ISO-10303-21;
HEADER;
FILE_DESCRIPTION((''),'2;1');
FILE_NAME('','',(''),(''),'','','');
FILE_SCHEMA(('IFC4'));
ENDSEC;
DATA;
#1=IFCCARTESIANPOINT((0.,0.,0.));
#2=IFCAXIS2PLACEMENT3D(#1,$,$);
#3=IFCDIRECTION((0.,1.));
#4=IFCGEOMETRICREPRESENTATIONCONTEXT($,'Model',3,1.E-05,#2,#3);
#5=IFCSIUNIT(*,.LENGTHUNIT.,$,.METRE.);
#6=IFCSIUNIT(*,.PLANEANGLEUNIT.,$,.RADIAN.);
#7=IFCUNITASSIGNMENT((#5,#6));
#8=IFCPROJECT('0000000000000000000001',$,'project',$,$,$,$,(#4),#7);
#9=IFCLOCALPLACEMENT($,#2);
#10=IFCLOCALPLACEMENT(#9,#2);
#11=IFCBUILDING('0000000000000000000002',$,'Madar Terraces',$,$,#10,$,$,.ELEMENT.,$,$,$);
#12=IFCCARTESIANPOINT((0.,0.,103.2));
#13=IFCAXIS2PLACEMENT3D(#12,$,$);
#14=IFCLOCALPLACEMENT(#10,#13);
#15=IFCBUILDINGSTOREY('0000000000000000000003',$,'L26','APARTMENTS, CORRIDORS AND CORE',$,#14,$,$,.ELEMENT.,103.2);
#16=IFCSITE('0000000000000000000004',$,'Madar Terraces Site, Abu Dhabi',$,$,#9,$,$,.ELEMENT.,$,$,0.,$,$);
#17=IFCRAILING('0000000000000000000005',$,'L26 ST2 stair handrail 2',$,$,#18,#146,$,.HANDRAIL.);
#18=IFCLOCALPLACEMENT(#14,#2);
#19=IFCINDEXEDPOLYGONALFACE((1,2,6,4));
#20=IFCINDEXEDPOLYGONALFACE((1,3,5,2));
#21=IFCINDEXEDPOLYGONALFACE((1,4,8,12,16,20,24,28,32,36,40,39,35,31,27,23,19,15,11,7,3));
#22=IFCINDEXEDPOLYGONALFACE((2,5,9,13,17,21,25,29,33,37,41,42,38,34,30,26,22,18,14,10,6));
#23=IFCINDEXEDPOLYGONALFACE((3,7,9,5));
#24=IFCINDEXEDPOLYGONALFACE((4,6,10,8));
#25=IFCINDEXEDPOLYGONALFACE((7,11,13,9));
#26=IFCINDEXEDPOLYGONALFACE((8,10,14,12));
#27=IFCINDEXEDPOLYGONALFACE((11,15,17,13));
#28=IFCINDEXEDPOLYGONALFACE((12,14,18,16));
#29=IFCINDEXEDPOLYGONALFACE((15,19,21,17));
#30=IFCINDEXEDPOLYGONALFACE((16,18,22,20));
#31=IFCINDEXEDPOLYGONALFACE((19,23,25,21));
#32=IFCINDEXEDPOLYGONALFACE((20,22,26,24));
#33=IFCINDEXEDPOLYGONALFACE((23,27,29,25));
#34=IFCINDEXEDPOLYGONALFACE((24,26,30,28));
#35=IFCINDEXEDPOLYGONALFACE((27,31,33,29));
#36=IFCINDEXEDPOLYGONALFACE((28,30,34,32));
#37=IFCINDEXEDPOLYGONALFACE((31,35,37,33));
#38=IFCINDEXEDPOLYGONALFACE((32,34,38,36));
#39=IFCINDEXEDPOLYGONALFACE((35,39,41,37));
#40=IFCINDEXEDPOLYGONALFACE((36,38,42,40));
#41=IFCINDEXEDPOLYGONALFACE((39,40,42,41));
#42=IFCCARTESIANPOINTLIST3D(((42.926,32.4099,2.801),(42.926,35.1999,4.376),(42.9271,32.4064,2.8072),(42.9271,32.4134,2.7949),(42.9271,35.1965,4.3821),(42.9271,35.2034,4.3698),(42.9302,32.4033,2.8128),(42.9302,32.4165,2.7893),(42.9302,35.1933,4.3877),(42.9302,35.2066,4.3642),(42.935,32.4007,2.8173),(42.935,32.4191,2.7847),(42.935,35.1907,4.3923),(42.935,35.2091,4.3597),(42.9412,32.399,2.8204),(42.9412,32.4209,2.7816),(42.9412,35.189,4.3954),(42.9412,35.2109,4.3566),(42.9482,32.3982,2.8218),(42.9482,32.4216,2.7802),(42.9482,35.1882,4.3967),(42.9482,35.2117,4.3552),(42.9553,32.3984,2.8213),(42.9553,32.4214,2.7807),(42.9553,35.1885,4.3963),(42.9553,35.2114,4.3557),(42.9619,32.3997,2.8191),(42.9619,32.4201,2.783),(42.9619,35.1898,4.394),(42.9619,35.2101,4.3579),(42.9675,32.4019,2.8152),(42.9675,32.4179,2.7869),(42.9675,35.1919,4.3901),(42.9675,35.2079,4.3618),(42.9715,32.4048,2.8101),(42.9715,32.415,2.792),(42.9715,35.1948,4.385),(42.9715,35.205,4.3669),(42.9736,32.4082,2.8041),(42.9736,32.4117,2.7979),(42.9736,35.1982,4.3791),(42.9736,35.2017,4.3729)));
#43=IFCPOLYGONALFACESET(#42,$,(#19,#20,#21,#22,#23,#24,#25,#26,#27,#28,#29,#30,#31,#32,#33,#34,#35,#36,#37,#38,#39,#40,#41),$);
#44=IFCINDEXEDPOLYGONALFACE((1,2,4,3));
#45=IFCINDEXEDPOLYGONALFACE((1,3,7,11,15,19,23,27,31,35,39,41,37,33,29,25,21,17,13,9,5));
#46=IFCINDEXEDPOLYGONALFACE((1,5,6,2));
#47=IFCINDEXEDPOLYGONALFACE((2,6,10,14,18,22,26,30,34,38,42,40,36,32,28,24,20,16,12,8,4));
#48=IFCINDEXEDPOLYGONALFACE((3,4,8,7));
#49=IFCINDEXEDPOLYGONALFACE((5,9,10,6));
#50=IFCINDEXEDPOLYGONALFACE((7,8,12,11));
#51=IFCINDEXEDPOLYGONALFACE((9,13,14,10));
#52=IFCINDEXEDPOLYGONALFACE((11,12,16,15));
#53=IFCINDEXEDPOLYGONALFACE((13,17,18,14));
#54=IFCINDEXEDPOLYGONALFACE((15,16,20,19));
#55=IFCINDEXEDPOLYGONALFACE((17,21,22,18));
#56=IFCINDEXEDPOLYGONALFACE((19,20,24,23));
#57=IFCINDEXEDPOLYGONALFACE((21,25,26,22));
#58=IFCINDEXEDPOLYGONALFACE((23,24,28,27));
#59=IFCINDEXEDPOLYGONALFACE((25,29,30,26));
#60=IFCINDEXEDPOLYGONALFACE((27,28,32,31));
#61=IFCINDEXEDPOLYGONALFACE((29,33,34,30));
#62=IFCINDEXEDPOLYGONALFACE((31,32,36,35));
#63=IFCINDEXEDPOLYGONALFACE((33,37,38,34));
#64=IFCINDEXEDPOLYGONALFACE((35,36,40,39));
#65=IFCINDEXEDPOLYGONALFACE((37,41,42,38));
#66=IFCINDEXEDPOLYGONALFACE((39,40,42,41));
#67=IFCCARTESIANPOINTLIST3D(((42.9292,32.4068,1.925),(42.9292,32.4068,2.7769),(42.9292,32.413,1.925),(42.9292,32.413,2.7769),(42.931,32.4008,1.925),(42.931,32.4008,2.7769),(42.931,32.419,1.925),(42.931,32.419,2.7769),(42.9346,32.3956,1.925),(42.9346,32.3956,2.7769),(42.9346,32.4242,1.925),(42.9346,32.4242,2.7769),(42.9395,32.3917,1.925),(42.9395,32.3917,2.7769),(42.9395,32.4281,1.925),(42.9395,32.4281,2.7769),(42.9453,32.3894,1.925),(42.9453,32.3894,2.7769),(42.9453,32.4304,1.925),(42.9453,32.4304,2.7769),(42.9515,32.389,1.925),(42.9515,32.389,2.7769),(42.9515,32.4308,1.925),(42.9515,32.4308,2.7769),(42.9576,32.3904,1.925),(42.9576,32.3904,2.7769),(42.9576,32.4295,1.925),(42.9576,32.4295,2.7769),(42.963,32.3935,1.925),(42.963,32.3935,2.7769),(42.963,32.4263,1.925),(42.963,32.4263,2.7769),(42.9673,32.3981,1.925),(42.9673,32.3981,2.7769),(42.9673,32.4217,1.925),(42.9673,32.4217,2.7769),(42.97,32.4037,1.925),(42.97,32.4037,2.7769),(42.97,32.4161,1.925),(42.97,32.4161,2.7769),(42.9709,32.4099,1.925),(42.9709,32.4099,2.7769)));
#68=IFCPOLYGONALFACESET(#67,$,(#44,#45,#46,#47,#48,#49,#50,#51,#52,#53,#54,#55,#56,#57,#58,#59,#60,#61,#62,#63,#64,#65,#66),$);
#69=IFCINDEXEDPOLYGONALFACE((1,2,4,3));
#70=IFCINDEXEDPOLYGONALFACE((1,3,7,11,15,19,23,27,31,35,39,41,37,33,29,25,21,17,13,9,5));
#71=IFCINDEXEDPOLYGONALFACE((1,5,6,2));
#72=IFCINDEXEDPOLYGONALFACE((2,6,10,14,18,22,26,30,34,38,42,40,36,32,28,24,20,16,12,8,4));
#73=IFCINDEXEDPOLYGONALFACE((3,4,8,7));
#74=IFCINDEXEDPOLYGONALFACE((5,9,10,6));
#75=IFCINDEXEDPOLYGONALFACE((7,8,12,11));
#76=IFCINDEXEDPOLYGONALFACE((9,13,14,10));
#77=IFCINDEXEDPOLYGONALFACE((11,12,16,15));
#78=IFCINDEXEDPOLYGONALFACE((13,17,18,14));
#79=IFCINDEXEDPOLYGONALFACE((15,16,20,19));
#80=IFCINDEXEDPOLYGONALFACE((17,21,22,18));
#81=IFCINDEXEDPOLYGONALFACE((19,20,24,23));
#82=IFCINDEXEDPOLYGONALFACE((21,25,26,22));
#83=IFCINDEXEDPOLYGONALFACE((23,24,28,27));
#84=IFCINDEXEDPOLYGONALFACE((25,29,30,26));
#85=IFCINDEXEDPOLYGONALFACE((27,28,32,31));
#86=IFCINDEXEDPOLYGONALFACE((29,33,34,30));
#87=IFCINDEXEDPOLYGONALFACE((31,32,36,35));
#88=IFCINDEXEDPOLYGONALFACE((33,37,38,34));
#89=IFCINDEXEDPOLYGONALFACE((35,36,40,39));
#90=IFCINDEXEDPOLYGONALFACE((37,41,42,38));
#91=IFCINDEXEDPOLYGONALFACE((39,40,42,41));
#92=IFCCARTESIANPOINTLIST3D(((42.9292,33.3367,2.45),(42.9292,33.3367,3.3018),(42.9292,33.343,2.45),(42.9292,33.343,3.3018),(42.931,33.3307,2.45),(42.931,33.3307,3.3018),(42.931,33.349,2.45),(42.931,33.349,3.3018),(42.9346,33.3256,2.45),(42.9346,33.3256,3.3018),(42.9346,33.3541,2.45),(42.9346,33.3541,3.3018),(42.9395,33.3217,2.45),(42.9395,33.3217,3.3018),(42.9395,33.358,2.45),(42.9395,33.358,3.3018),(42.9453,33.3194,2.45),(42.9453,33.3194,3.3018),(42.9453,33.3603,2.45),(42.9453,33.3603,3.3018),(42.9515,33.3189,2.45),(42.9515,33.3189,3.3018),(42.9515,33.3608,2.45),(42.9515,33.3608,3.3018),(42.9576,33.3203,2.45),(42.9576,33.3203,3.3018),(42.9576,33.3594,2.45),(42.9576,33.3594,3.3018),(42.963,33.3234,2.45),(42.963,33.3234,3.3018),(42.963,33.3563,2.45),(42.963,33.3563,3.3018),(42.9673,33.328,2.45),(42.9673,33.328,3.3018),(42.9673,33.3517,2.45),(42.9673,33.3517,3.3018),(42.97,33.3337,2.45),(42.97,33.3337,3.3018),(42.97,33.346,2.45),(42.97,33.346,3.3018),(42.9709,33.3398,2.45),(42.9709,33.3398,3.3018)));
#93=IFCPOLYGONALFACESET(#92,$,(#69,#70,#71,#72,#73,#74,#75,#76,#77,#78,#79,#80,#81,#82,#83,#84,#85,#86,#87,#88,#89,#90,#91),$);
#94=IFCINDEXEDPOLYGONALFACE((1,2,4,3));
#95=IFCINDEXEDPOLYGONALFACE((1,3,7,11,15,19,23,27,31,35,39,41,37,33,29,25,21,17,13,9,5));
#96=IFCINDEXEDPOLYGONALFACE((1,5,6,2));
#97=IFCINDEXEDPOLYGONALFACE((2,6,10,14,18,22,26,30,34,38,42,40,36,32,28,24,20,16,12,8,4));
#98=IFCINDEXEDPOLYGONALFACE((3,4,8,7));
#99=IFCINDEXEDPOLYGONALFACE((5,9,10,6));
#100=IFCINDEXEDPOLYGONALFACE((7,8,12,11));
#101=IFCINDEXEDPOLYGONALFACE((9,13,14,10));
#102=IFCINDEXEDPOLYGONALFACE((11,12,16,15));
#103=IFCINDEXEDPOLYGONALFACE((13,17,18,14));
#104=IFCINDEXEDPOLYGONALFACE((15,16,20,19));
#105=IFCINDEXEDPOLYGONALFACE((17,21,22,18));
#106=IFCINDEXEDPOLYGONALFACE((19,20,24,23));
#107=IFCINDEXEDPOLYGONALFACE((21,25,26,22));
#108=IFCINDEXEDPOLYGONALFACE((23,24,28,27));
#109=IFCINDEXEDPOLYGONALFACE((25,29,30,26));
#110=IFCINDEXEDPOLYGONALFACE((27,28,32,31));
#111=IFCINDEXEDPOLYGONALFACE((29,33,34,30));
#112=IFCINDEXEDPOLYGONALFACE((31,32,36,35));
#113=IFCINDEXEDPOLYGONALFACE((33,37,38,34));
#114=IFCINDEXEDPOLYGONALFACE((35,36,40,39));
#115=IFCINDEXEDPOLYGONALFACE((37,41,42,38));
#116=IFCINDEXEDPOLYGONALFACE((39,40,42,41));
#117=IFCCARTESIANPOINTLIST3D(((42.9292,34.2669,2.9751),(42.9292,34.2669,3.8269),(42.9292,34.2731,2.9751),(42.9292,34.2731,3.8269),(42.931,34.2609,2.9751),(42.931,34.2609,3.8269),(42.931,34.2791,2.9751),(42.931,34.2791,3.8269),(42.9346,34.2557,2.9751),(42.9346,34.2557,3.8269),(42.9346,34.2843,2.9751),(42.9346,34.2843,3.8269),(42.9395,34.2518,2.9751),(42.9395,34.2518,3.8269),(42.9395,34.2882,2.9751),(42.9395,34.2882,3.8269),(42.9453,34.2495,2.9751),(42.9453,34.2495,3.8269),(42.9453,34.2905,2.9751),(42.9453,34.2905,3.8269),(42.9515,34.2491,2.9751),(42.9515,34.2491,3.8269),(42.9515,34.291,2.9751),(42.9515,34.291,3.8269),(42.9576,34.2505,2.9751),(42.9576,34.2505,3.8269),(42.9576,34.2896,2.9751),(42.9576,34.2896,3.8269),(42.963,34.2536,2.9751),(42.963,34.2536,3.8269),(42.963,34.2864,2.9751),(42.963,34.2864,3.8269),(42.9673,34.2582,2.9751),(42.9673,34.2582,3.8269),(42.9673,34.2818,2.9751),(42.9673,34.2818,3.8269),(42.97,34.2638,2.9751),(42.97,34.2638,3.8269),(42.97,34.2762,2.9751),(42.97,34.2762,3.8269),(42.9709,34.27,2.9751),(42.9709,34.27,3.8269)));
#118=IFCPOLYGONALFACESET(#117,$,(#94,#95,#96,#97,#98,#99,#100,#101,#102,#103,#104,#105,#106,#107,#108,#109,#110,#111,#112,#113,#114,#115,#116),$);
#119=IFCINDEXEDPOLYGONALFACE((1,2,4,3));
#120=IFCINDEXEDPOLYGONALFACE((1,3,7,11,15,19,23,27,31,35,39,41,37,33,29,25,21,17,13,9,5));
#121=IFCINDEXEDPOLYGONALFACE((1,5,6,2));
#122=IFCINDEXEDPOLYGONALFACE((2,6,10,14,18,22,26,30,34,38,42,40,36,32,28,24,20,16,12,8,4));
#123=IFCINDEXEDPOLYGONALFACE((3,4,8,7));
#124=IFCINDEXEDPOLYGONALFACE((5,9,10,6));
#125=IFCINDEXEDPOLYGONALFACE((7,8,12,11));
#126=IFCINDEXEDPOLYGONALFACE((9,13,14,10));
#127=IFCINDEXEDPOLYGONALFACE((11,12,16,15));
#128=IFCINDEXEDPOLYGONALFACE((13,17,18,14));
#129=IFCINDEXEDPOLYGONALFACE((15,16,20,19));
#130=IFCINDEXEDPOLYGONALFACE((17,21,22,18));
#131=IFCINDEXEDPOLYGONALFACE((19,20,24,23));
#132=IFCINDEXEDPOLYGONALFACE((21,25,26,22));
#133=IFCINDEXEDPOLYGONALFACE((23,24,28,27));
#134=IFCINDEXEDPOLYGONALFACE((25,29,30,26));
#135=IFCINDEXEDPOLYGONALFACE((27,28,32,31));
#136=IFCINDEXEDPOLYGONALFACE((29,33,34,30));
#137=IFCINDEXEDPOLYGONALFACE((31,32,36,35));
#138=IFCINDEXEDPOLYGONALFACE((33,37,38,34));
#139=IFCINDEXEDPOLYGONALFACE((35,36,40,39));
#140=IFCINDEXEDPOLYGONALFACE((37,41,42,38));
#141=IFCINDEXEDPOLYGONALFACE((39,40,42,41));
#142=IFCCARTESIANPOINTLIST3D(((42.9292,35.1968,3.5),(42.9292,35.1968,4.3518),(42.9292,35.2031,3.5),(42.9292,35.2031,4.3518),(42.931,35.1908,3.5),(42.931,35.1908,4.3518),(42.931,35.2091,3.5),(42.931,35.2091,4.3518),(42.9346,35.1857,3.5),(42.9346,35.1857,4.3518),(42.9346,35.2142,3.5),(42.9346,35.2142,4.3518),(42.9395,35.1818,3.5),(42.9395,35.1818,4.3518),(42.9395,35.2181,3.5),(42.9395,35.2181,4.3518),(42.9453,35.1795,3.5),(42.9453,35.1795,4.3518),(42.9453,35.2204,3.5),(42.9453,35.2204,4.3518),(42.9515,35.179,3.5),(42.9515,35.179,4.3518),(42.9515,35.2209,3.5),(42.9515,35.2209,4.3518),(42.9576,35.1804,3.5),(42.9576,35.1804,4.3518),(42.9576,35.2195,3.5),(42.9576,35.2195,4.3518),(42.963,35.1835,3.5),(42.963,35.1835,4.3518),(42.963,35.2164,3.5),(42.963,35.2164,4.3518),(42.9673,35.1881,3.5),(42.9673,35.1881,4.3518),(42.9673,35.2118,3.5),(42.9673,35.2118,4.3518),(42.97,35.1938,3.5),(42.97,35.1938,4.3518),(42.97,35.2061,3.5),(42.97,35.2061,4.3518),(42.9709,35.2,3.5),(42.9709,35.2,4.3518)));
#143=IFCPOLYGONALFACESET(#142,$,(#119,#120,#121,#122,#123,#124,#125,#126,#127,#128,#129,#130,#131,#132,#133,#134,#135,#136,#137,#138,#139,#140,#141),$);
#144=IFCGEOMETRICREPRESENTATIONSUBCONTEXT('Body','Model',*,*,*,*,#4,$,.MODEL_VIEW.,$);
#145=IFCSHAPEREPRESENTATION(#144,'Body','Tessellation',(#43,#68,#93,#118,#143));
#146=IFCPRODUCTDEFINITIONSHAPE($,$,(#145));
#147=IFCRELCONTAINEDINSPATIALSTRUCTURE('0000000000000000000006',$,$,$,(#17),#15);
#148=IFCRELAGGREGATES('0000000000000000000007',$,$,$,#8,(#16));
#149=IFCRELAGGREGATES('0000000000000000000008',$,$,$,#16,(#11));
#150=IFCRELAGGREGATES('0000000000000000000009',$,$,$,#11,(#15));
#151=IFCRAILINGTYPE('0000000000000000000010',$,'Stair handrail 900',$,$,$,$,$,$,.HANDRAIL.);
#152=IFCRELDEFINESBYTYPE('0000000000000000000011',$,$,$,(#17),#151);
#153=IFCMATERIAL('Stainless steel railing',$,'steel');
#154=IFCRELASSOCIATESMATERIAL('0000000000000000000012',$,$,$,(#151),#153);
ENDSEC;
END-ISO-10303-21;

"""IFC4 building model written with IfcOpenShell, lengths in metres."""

from ifc_helpers import new_model, si_unit, direction, frame, origin, origin_2d, place, context, subcontext, project, spatial, circle, extrude, material, type_object, element, save


model = new_model("IFC4")

# Units and contexts
model_context = context("Model", 3, precision=1e-05, world=origin(), true_north=direction((0.0, 1.0)))
body_context = subcontext(model_context, "Body", "Model", "MODEL_VIEW")
ifc_project = project(units=[si_unit("LENGTHUNIT", "METRE"), si_unit("PLANEANGLEUNIT", "RADIAN")], contexts=[model_context])

# Site, building, storey
site_placement = place(None, origin())
site = spatial("IfcSite", under=ifc_project, at=site_placement, Name="Madar Terraces Site, Abu Dhabi", CompositionType="ELEMENT", RefElevation=0.0)
building_placement = place(site_placement, origin())
building = spatial("IfcBuilding", under=site, at=building_placement, Name="Madar Terraces", CompositionType="ELEMENT")
storey_placement = place(building_placement, frame((0.0, 0.0, 103.2)))
storey = spatial("IfcBuildingStorey", under=building, at=storey_placement, Name="L26", Description="APARTMENTS, CORRIDORS AND CORE", CompositionType="ELEMENT", Elevation=103.2)

# Railing
ifc_material_1 = material(Name="Stainless steel railing", Category="steel")
railing_type_1 = type_object("IfcRailingType", Name="Stair handrail 900", PredefinedType="HANDRAIL", material=ifc_material_1)
railing_1_placement = place(storey_placement, frame((42.95, 32.4099, 1.925)))
element("IfcRailing", 1, at=railing_1_placement, inside=storey, type_object=railing_type_1, Name="L26 ST2 stair handrail 2", PredefinedType="HANDRAIL", context=body_context, shape_type="SweptSolid", body=[
    extrude(circle(Radius=0.0239, at=origin_2d()), frame((0.0, 0.0, 0.876), z_axis=(0.0, 0.870834, 0.491578), x_axis=(-1.0, 0.0, 0.0)), (0.0, 0.0, 1.0), 3.2039),
    extrude(circle(Radius=0.021, at=origin_2d()), origin(), (0.0, 0.0, 1.0), 0.8518),
    extrude(circle(Radius=0.021, at=origin_2d()), frame((0.0, 0.9299, 0.5249)), (0.0, 0.0, 1.0), 0.8518),
    extrude(circle(Radius=0.021, at=origin_2d()), frame((0.0, 1.8601, 1.05)), (0.0, 0.0, 1.0), 0.8518),
    extrude(circle(Radius=0.021, at=origin_2d()), frame((0.0, 2.79, 1.575)), (0.0, 0.0, 1.0), 0.8518),
])

save(model, "model.ifc")
